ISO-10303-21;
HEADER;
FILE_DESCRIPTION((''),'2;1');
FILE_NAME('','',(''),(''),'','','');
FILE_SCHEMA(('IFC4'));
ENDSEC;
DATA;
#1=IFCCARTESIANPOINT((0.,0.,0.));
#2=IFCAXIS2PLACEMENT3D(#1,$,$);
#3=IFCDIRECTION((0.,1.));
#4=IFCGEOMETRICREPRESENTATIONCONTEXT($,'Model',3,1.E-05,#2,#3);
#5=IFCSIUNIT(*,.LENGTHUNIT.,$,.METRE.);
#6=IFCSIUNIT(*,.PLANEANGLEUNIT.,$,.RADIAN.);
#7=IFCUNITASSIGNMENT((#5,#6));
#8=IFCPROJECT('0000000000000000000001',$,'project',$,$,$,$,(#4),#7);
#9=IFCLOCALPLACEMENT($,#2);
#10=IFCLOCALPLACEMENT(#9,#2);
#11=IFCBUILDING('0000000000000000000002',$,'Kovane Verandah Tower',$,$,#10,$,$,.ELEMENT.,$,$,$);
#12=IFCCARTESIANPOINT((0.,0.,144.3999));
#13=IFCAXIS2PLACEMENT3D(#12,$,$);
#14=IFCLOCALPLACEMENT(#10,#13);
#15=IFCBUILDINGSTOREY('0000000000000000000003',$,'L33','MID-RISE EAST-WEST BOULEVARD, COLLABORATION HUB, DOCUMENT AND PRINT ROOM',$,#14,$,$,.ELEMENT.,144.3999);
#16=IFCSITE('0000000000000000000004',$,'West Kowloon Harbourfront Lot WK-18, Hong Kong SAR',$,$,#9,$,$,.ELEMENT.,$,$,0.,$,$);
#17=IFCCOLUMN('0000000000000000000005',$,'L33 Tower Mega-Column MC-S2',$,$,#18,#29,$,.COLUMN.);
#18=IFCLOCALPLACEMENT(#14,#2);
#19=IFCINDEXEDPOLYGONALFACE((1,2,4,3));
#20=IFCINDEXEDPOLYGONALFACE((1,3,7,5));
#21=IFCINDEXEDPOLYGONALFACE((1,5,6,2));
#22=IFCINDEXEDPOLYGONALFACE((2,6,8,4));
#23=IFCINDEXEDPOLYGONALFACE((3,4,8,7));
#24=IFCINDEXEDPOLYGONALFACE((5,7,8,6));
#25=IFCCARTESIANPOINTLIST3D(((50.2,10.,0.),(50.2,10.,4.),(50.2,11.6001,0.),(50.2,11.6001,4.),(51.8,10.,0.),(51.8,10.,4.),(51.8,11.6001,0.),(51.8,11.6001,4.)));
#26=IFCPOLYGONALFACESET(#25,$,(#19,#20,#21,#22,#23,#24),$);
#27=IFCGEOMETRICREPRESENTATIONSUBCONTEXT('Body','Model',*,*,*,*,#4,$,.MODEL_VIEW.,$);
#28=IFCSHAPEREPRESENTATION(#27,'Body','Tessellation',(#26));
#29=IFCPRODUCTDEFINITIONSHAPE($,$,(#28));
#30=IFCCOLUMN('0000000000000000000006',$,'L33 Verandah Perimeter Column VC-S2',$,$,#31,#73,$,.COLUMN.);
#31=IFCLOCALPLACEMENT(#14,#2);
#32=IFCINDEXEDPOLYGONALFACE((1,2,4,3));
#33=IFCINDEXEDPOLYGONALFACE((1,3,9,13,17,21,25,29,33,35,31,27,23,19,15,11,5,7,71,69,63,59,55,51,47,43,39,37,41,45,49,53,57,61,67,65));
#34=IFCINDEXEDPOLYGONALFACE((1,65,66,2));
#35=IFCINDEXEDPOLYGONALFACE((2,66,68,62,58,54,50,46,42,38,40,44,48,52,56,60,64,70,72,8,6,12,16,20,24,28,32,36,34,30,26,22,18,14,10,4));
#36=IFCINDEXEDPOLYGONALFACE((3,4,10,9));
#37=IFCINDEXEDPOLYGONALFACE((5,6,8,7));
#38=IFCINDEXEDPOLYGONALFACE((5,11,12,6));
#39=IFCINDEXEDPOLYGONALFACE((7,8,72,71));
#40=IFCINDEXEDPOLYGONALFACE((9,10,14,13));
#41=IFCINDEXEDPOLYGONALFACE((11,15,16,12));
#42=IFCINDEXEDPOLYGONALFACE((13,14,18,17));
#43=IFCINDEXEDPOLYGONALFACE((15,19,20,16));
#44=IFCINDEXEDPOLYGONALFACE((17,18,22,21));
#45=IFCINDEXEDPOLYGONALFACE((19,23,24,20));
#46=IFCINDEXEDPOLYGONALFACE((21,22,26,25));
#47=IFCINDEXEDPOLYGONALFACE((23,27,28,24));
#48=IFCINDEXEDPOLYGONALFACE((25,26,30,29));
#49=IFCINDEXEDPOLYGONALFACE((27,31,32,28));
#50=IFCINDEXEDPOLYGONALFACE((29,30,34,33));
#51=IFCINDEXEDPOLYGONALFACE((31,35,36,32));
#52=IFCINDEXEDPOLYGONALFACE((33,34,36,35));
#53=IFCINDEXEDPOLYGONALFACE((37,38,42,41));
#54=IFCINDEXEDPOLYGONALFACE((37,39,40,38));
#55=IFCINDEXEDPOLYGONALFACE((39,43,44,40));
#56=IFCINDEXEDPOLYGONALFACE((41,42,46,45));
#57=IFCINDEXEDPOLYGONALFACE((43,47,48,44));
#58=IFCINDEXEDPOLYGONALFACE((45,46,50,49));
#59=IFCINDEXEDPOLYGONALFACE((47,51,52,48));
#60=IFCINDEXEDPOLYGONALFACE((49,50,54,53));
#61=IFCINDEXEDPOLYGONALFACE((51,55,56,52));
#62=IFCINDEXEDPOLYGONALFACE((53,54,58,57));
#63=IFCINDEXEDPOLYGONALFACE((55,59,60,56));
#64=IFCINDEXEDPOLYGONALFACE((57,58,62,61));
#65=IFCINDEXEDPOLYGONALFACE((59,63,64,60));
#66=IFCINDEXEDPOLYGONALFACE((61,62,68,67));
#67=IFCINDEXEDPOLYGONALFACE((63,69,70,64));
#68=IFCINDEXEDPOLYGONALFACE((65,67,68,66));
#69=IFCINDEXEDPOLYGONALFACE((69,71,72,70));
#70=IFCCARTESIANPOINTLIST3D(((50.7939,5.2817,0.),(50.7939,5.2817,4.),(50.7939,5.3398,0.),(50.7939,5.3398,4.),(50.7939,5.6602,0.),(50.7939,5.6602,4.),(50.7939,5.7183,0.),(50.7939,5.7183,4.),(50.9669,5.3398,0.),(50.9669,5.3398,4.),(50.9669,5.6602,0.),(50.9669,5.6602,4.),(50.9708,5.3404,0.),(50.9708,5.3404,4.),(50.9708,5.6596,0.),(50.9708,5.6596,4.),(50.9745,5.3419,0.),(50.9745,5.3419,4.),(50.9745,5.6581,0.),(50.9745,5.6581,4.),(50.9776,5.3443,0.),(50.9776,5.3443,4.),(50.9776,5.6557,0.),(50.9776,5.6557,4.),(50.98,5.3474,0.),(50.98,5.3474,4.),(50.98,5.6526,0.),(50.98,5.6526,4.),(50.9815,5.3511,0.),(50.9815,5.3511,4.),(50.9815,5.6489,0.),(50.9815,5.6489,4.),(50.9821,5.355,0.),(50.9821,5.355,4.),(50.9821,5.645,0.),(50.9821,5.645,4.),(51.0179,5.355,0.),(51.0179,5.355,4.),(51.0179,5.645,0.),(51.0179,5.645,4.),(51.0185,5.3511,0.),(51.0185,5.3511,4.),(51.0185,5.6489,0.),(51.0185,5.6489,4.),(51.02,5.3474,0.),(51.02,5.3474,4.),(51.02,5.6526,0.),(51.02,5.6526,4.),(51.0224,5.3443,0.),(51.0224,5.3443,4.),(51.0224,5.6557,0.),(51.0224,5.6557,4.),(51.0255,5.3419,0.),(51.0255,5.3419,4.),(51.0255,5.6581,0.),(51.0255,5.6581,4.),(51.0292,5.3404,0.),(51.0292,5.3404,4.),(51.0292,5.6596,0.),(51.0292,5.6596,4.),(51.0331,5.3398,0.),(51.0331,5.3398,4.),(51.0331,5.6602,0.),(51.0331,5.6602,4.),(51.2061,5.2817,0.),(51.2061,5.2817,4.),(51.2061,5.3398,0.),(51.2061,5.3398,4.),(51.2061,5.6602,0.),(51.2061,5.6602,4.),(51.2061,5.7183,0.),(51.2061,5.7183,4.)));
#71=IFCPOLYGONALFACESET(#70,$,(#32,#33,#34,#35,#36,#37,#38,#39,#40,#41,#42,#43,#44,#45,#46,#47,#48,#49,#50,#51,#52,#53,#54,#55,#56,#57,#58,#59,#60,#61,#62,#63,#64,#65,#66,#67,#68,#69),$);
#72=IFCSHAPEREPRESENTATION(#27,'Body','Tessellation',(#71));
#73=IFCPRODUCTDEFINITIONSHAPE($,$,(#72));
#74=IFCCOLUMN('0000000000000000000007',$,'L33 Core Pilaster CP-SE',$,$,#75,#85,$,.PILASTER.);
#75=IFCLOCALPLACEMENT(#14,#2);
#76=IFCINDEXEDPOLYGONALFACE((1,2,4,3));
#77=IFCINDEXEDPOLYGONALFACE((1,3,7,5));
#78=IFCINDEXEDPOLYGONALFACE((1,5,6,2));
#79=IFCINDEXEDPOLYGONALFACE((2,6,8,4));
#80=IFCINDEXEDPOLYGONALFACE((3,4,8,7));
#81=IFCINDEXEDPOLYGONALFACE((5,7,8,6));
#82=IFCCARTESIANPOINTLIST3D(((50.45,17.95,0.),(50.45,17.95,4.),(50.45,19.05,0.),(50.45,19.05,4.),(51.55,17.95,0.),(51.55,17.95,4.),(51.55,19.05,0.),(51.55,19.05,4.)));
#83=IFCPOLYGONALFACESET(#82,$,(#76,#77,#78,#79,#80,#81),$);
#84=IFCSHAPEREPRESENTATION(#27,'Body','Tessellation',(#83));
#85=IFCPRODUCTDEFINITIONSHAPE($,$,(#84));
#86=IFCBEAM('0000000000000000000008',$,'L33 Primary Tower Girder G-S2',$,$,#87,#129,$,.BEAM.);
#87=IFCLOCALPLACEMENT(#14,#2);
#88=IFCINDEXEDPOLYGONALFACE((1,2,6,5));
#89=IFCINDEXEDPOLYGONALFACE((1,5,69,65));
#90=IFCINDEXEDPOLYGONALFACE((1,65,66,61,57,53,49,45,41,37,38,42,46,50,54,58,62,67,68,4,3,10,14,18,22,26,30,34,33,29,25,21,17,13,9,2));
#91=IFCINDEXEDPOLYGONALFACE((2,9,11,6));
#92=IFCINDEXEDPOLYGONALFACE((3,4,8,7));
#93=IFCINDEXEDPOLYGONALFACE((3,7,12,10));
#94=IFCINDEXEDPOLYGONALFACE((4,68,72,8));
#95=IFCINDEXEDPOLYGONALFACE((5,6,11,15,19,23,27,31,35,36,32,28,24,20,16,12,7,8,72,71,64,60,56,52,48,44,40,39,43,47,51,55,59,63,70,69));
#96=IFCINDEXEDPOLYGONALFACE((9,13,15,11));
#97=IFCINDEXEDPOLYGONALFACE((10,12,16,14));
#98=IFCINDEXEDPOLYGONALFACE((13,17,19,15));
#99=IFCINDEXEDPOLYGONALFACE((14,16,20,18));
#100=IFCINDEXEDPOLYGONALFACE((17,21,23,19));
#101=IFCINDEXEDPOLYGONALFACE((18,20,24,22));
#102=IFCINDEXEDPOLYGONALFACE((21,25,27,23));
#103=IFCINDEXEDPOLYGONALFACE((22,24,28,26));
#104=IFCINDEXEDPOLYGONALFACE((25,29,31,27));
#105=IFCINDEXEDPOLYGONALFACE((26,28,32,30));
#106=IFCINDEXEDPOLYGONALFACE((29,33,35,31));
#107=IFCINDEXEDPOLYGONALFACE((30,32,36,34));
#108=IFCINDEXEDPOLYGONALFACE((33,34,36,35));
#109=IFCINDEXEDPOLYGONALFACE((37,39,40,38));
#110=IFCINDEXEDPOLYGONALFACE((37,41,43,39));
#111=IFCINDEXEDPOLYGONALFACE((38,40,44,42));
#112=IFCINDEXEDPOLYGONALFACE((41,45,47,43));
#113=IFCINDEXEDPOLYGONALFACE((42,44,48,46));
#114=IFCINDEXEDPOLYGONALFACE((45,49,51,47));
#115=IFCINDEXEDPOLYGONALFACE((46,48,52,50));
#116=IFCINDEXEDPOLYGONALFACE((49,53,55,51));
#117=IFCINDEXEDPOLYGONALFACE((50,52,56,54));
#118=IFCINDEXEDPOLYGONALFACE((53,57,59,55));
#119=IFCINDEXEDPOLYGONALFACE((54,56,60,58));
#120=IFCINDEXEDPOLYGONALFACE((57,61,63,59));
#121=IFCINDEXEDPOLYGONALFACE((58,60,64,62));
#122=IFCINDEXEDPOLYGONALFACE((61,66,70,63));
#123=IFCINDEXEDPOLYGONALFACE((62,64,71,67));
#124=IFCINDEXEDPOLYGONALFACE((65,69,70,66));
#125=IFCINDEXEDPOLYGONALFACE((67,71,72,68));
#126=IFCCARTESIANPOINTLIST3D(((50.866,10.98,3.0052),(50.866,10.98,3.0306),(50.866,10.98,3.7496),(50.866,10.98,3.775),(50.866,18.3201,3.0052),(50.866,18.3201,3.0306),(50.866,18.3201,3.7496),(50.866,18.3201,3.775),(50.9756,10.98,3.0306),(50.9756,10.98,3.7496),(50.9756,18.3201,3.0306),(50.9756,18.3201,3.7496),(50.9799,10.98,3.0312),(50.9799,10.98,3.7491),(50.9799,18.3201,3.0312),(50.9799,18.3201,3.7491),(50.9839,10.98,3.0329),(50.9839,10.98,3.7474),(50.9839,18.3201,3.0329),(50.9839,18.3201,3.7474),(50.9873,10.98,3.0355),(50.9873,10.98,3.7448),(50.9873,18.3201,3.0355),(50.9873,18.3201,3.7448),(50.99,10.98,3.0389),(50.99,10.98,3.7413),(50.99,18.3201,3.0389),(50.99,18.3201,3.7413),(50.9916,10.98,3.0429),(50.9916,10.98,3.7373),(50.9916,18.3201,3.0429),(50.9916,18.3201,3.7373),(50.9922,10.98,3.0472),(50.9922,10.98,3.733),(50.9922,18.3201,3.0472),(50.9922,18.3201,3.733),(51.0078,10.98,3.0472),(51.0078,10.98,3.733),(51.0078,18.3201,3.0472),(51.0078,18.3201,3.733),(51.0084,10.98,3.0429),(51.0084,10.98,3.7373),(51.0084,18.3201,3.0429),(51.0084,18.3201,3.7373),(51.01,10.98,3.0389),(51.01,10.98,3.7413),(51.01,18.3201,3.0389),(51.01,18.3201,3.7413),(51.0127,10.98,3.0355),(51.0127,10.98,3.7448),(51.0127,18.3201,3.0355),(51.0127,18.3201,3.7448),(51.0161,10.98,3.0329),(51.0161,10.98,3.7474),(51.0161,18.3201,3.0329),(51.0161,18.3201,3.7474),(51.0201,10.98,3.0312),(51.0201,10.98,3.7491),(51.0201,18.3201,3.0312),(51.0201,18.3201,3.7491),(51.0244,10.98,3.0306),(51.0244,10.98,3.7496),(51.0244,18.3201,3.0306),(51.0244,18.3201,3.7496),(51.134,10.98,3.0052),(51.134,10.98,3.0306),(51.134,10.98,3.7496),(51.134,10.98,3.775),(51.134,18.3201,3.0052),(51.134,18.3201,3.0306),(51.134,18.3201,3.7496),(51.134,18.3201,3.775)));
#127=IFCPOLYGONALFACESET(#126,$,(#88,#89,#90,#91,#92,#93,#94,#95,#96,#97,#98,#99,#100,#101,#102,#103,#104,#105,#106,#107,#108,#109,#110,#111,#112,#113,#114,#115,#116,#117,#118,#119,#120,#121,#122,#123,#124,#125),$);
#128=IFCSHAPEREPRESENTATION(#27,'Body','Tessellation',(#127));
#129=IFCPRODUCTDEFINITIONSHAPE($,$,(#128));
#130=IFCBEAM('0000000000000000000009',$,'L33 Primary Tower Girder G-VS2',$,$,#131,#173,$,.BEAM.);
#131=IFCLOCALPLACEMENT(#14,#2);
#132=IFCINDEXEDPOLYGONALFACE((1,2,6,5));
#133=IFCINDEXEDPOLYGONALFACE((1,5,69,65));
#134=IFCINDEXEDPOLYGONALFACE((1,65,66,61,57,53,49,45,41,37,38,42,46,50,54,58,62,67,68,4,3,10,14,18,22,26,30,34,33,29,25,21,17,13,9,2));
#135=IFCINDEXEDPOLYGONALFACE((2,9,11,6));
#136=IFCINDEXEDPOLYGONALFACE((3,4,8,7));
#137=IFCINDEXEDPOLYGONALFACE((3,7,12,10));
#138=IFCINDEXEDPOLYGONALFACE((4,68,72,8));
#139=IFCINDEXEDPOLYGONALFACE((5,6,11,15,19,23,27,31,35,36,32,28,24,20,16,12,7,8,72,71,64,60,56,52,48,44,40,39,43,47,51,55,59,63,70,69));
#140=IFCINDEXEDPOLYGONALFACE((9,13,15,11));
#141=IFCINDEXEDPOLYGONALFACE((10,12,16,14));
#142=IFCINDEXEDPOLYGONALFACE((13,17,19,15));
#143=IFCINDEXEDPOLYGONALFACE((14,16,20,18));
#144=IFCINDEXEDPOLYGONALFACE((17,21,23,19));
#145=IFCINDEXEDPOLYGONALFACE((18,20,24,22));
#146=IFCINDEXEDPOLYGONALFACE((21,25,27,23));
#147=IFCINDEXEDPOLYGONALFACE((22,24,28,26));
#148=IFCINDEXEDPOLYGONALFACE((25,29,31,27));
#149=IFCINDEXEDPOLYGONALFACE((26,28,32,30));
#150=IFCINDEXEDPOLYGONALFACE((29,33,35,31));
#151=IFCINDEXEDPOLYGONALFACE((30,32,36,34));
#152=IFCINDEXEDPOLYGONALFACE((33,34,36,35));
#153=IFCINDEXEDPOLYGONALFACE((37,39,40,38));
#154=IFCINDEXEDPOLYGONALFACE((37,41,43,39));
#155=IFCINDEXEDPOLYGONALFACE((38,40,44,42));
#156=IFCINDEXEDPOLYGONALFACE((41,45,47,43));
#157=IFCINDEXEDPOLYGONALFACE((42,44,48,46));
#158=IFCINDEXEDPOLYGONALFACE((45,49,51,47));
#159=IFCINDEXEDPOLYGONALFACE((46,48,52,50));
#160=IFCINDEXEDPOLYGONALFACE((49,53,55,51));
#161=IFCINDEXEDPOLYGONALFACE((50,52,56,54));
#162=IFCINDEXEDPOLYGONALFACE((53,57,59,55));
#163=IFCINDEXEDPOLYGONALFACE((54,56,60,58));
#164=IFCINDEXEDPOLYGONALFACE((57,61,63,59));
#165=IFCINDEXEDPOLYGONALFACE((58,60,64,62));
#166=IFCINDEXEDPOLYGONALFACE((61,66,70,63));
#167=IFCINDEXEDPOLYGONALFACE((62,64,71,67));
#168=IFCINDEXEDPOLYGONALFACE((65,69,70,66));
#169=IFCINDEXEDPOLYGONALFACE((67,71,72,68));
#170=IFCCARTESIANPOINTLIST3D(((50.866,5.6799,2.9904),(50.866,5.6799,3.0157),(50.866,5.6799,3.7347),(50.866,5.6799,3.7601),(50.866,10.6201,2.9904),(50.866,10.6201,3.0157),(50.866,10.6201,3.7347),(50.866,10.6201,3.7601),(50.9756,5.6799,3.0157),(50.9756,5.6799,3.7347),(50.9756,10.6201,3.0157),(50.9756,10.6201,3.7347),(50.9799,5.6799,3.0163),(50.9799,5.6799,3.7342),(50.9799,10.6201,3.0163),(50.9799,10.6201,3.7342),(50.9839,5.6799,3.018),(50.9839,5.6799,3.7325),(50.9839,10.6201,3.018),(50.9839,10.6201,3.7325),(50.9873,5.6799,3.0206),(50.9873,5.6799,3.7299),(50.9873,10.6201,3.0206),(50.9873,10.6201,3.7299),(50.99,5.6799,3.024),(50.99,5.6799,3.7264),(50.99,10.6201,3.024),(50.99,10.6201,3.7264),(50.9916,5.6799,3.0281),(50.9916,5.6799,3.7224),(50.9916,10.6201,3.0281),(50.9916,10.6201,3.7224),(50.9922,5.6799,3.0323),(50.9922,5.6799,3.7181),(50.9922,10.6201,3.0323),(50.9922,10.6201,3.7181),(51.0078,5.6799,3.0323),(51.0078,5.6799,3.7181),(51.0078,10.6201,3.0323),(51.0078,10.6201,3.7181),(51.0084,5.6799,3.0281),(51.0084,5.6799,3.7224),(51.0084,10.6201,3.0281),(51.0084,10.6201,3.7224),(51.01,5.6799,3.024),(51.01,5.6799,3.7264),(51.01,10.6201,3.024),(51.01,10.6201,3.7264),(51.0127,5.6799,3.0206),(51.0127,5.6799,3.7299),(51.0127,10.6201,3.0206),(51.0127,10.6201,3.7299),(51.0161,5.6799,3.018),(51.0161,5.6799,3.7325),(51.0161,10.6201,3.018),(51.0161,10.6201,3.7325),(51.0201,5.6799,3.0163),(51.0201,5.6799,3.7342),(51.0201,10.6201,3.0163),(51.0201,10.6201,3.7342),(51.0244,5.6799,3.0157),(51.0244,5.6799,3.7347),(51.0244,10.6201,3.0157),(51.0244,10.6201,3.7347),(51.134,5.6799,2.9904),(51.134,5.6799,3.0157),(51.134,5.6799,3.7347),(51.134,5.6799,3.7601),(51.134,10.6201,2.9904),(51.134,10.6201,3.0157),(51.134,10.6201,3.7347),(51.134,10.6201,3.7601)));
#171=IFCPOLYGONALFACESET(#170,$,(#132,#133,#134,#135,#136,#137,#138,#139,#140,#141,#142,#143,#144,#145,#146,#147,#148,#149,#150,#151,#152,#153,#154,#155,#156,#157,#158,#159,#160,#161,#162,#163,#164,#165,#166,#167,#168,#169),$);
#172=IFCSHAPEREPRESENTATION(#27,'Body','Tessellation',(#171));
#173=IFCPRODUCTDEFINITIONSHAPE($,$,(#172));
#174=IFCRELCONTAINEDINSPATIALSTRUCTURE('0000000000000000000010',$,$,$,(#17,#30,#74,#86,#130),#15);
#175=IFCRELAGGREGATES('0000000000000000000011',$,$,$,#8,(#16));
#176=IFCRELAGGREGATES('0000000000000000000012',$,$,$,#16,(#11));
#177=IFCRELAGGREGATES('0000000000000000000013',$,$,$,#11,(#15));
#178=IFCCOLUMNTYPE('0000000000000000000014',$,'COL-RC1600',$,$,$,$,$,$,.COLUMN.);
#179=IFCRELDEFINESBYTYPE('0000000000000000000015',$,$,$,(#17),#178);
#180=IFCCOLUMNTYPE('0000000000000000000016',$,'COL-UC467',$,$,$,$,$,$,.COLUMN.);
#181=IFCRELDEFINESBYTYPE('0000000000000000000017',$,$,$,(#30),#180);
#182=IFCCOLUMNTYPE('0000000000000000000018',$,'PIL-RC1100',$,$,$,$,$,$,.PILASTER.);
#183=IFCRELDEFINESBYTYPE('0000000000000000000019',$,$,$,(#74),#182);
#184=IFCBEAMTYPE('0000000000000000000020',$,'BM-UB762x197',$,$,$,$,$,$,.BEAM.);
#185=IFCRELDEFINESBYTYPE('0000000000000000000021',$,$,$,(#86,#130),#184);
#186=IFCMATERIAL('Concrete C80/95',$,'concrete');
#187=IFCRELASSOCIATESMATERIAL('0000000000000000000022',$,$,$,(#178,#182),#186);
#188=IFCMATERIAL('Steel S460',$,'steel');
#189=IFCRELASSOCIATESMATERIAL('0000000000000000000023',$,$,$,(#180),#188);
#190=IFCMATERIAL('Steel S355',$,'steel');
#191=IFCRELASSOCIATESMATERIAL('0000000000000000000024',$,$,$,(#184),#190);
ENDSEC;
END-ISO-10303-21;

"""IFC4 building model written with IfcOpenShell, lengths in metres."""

from ifc_helpers import new_model, si_unit, direction, frame, origin, origin_2d, place, context, subcontext, project, spatial, rectangle, i_section, extrude, material, material_profile, profile_set, type_object, element, save


model = new_model("IFC4")

# Units and contexts
model_context = context("Model", 3, precision=1e-05, world=origin(), true_north=direction((0.0, 1.0)))
body_context = subcontext(model_context, "Body", "Model", "MODEL_VIEW")
ifc_project = project(units=[si_unit("LENGTHUNIT", "METRE"), si_unit("PLANEANGLEUNIT", "RADIAN")], contexts=[model_context])

# Site, building, storey
site_placement = place(None, origin())
site = spatial("IfcSite", under=ifc_project, at=site_placement, Name="West Kowloon Harbourfront Lot WK-18, Hong Kong SAR", CompositionType="ELEMENT", RefElevation=0.0)
building_placement = place(site_placement, origin())
building = spatial("IfcBuilding", under=site, at=building_placement, Name="Kovane Verandah Tower", CompositionType="ELEMENT")
storey_placement = place(building_placement, frame((0.0, 0.0, 144.3999)))
storey = spatial("IfcBuildingStorey", under=building, at=storey_placement, Name="L33", Description="MID-RISE EAST-WEST BOULEVARD, COLLABORATION HUB, DOCUMENT AND PRINT ROOM", CompositionType="ELEMENT", Elevation=144.3999)

# Columns
ifc_material_1 = material(Name="Concrete C80/95", Category="concrete")
ifc_material_profile_1 = material_profile(ifc_material_1, rectangle(XDim=1.6001, YDim=1.6001, at=origin_2d()), Name="RC1600x1600")
ifc_profile_set_1 = profile_set([ifc_material_profile_1], Name="Concrete C80/95")
column_type_1 = type_object("IfcColumnType", Name="COL-RC1600", PredefinedType="COLUMN", material=ifc_profile_set_1)
column_1_placement = place(storey_placement, frame((51.0, 10.8, 0.0), z_axis=(0.0, 0.0, 1.0), x_axis=(1.0, 0.0, 0.0)))
element("IfcColumn", 1, at=column_1_placement, inside=storey, type_object=column_type_1, Name="L33 Tower Mega-Column MC-S2", PredefinedType="COLUMN", context=body_context, shape_type="SweptSolid", body=[
    extrude(rectangle(XDim=1.6001, YDim=1.6001, at=origin_2d()), origin(), (0.0, 0.0, 1.0), 4.0),
])
ifc_material_2 = material(Name="Steel S460", Category="steel")
ifc_material_profile_2 = material_profile(ifc_material_2, i_section(OverallWidth=0.4121, OverallDepth=0.4365, WebThickness=0.0359, FlangeThickness=0.0581, FilletRadius=0.0151, at=origin_2d()), Name="UC356x406x467")
ifc_profile_set_2 = profile_set([ifc_material_profile_2], Name="Steel S460")
column_type_2 = type_object("IfcColumnType", Name="COL-UC467", PredefinedType="COLUMN", material=ifc_profile_set_2)
column_2_placement = place(storey_placement, frame((51.0, 5.5, 0.0), z_axis=(0.0, 0.0, 1.0), x_axis=(1.0, 0.0, 0.0)))
element("IfcColumn", 2, at=column_2_placement, inside=storey, type_object=column_type_2, Name="L33 Verandah Perimeter Column VC-S2", PredefinedType="COLUMN", context=body_context, shape_type="SweptSolid", body=[
    extrude(i_section(OverallWidth=0.4121, OverallDepth=0.4365, WebThickness=0.0359, FlangeThickness=0.0581, FilletRadius=0.0151, at=origin_2d()), origin(), (0.0, 0.0, 1.0), 4.0),
])
ifc_material_profile_3 = material_profile(ifc_material_1, rectangle(XDim=1.1001, YDim=1.1001, at=origin_2d()), Name="RC1100x1100")
ifc_profile_set_3 = profile_set([ifc_material_profile_3], Name="Concrete C80/95")
column_type_3 = type_object("IfcColumnType", Name="PIL-RC1100", PredefinedType="PILASTER", material=ifc_profile_set_3)
column_3_placement = place(storey_placement, frame((51.0, 18.5, 0.0), z_axis=(0.0, 0.0, 1.0), x_axis=(1.0, 0.0, 0.0)))
element("IfcColumn", 3, at=column_3_placement, inside=storey, type_object=column_type_3, Name="L33 Core Pilaster CP-SE", PredefinedType="PILASTER", context=body_context, shape_type="SweptSolid", body=[
    extrude(rectangle(XDim=1.1001, YDim=1.1001, at=origin_2d()), origin(), (0.0, 0.0, 1.0), 4.0),
])

# Beams
ifc_material_3 = material(Name="Steel S355", Category="steel")
ifc_material_profile_4 = material_profile(ifc_material_3, i_section(OverallWidth=0.2681, OverallDepth=0.7698, WebThickness=0.0156, FlangeThickness=0.0254, FilletRadius=0.0166, at=origin_2d()), Name="UB762x267x197")
ifc_profile_set_4 = profile_set([ifc_material_profile_4], Name="Steel S355")
beam_type_1 = type_object("IfcBeamType", Name="BM-UB762x197", PredefinedType="BEAM", material=ifc_profile_set_4)
beam_1_placement = place(storey_placement, frame((51.0, 18.3201, 3.3901), z_axis=(0.0, -1.0, 0.0), x_axis=(1.0, 0.0, 0.0)))
element("IfcBeam", 4, at=beam_1_placement, inside=storey, type_object=beam_type_1, Name="L33 Primary Tower Girder G-S2", PredefinedType="BEAM", context=body_context, shape_type="SweptSolid", body=[
    extrude(i_section(OverallWidth=0.2681, OverallDepth=0.7698, WebThickness=0.0156, FlangeThickness=0.0254, FilletRadius=0.0166, at=origin_2d()), origin(), (0.0, 0.0, 1.0), 7.3401),
])
beam_2_placement = place(storey_placement, frame((51.0, 10.6201, 3.3752), z_axis=(0.0, -1.0, 0.0), x_axis=(1.0, 0.0, 0.0)))
element("IfcBeam", 5, at=beam_2_placement, inside=storey, type_object=beam_type_1, Name="L33 Primary Tower Girder G-VS2", PredefinedType="BEAM", context=body_context, shape_type="SweptSolid", body=[
    extrude(i_section(OverallWidth=0.2681, OverallDepth=0.7698, WebThickness=0.0156, FlangeThickness=0.0254, FilletRadius=0.0166, at=origin_2d()), origin(), (0.0, 0.0, 1.0), 4.9402),
])

save(model, "model.ifc")
